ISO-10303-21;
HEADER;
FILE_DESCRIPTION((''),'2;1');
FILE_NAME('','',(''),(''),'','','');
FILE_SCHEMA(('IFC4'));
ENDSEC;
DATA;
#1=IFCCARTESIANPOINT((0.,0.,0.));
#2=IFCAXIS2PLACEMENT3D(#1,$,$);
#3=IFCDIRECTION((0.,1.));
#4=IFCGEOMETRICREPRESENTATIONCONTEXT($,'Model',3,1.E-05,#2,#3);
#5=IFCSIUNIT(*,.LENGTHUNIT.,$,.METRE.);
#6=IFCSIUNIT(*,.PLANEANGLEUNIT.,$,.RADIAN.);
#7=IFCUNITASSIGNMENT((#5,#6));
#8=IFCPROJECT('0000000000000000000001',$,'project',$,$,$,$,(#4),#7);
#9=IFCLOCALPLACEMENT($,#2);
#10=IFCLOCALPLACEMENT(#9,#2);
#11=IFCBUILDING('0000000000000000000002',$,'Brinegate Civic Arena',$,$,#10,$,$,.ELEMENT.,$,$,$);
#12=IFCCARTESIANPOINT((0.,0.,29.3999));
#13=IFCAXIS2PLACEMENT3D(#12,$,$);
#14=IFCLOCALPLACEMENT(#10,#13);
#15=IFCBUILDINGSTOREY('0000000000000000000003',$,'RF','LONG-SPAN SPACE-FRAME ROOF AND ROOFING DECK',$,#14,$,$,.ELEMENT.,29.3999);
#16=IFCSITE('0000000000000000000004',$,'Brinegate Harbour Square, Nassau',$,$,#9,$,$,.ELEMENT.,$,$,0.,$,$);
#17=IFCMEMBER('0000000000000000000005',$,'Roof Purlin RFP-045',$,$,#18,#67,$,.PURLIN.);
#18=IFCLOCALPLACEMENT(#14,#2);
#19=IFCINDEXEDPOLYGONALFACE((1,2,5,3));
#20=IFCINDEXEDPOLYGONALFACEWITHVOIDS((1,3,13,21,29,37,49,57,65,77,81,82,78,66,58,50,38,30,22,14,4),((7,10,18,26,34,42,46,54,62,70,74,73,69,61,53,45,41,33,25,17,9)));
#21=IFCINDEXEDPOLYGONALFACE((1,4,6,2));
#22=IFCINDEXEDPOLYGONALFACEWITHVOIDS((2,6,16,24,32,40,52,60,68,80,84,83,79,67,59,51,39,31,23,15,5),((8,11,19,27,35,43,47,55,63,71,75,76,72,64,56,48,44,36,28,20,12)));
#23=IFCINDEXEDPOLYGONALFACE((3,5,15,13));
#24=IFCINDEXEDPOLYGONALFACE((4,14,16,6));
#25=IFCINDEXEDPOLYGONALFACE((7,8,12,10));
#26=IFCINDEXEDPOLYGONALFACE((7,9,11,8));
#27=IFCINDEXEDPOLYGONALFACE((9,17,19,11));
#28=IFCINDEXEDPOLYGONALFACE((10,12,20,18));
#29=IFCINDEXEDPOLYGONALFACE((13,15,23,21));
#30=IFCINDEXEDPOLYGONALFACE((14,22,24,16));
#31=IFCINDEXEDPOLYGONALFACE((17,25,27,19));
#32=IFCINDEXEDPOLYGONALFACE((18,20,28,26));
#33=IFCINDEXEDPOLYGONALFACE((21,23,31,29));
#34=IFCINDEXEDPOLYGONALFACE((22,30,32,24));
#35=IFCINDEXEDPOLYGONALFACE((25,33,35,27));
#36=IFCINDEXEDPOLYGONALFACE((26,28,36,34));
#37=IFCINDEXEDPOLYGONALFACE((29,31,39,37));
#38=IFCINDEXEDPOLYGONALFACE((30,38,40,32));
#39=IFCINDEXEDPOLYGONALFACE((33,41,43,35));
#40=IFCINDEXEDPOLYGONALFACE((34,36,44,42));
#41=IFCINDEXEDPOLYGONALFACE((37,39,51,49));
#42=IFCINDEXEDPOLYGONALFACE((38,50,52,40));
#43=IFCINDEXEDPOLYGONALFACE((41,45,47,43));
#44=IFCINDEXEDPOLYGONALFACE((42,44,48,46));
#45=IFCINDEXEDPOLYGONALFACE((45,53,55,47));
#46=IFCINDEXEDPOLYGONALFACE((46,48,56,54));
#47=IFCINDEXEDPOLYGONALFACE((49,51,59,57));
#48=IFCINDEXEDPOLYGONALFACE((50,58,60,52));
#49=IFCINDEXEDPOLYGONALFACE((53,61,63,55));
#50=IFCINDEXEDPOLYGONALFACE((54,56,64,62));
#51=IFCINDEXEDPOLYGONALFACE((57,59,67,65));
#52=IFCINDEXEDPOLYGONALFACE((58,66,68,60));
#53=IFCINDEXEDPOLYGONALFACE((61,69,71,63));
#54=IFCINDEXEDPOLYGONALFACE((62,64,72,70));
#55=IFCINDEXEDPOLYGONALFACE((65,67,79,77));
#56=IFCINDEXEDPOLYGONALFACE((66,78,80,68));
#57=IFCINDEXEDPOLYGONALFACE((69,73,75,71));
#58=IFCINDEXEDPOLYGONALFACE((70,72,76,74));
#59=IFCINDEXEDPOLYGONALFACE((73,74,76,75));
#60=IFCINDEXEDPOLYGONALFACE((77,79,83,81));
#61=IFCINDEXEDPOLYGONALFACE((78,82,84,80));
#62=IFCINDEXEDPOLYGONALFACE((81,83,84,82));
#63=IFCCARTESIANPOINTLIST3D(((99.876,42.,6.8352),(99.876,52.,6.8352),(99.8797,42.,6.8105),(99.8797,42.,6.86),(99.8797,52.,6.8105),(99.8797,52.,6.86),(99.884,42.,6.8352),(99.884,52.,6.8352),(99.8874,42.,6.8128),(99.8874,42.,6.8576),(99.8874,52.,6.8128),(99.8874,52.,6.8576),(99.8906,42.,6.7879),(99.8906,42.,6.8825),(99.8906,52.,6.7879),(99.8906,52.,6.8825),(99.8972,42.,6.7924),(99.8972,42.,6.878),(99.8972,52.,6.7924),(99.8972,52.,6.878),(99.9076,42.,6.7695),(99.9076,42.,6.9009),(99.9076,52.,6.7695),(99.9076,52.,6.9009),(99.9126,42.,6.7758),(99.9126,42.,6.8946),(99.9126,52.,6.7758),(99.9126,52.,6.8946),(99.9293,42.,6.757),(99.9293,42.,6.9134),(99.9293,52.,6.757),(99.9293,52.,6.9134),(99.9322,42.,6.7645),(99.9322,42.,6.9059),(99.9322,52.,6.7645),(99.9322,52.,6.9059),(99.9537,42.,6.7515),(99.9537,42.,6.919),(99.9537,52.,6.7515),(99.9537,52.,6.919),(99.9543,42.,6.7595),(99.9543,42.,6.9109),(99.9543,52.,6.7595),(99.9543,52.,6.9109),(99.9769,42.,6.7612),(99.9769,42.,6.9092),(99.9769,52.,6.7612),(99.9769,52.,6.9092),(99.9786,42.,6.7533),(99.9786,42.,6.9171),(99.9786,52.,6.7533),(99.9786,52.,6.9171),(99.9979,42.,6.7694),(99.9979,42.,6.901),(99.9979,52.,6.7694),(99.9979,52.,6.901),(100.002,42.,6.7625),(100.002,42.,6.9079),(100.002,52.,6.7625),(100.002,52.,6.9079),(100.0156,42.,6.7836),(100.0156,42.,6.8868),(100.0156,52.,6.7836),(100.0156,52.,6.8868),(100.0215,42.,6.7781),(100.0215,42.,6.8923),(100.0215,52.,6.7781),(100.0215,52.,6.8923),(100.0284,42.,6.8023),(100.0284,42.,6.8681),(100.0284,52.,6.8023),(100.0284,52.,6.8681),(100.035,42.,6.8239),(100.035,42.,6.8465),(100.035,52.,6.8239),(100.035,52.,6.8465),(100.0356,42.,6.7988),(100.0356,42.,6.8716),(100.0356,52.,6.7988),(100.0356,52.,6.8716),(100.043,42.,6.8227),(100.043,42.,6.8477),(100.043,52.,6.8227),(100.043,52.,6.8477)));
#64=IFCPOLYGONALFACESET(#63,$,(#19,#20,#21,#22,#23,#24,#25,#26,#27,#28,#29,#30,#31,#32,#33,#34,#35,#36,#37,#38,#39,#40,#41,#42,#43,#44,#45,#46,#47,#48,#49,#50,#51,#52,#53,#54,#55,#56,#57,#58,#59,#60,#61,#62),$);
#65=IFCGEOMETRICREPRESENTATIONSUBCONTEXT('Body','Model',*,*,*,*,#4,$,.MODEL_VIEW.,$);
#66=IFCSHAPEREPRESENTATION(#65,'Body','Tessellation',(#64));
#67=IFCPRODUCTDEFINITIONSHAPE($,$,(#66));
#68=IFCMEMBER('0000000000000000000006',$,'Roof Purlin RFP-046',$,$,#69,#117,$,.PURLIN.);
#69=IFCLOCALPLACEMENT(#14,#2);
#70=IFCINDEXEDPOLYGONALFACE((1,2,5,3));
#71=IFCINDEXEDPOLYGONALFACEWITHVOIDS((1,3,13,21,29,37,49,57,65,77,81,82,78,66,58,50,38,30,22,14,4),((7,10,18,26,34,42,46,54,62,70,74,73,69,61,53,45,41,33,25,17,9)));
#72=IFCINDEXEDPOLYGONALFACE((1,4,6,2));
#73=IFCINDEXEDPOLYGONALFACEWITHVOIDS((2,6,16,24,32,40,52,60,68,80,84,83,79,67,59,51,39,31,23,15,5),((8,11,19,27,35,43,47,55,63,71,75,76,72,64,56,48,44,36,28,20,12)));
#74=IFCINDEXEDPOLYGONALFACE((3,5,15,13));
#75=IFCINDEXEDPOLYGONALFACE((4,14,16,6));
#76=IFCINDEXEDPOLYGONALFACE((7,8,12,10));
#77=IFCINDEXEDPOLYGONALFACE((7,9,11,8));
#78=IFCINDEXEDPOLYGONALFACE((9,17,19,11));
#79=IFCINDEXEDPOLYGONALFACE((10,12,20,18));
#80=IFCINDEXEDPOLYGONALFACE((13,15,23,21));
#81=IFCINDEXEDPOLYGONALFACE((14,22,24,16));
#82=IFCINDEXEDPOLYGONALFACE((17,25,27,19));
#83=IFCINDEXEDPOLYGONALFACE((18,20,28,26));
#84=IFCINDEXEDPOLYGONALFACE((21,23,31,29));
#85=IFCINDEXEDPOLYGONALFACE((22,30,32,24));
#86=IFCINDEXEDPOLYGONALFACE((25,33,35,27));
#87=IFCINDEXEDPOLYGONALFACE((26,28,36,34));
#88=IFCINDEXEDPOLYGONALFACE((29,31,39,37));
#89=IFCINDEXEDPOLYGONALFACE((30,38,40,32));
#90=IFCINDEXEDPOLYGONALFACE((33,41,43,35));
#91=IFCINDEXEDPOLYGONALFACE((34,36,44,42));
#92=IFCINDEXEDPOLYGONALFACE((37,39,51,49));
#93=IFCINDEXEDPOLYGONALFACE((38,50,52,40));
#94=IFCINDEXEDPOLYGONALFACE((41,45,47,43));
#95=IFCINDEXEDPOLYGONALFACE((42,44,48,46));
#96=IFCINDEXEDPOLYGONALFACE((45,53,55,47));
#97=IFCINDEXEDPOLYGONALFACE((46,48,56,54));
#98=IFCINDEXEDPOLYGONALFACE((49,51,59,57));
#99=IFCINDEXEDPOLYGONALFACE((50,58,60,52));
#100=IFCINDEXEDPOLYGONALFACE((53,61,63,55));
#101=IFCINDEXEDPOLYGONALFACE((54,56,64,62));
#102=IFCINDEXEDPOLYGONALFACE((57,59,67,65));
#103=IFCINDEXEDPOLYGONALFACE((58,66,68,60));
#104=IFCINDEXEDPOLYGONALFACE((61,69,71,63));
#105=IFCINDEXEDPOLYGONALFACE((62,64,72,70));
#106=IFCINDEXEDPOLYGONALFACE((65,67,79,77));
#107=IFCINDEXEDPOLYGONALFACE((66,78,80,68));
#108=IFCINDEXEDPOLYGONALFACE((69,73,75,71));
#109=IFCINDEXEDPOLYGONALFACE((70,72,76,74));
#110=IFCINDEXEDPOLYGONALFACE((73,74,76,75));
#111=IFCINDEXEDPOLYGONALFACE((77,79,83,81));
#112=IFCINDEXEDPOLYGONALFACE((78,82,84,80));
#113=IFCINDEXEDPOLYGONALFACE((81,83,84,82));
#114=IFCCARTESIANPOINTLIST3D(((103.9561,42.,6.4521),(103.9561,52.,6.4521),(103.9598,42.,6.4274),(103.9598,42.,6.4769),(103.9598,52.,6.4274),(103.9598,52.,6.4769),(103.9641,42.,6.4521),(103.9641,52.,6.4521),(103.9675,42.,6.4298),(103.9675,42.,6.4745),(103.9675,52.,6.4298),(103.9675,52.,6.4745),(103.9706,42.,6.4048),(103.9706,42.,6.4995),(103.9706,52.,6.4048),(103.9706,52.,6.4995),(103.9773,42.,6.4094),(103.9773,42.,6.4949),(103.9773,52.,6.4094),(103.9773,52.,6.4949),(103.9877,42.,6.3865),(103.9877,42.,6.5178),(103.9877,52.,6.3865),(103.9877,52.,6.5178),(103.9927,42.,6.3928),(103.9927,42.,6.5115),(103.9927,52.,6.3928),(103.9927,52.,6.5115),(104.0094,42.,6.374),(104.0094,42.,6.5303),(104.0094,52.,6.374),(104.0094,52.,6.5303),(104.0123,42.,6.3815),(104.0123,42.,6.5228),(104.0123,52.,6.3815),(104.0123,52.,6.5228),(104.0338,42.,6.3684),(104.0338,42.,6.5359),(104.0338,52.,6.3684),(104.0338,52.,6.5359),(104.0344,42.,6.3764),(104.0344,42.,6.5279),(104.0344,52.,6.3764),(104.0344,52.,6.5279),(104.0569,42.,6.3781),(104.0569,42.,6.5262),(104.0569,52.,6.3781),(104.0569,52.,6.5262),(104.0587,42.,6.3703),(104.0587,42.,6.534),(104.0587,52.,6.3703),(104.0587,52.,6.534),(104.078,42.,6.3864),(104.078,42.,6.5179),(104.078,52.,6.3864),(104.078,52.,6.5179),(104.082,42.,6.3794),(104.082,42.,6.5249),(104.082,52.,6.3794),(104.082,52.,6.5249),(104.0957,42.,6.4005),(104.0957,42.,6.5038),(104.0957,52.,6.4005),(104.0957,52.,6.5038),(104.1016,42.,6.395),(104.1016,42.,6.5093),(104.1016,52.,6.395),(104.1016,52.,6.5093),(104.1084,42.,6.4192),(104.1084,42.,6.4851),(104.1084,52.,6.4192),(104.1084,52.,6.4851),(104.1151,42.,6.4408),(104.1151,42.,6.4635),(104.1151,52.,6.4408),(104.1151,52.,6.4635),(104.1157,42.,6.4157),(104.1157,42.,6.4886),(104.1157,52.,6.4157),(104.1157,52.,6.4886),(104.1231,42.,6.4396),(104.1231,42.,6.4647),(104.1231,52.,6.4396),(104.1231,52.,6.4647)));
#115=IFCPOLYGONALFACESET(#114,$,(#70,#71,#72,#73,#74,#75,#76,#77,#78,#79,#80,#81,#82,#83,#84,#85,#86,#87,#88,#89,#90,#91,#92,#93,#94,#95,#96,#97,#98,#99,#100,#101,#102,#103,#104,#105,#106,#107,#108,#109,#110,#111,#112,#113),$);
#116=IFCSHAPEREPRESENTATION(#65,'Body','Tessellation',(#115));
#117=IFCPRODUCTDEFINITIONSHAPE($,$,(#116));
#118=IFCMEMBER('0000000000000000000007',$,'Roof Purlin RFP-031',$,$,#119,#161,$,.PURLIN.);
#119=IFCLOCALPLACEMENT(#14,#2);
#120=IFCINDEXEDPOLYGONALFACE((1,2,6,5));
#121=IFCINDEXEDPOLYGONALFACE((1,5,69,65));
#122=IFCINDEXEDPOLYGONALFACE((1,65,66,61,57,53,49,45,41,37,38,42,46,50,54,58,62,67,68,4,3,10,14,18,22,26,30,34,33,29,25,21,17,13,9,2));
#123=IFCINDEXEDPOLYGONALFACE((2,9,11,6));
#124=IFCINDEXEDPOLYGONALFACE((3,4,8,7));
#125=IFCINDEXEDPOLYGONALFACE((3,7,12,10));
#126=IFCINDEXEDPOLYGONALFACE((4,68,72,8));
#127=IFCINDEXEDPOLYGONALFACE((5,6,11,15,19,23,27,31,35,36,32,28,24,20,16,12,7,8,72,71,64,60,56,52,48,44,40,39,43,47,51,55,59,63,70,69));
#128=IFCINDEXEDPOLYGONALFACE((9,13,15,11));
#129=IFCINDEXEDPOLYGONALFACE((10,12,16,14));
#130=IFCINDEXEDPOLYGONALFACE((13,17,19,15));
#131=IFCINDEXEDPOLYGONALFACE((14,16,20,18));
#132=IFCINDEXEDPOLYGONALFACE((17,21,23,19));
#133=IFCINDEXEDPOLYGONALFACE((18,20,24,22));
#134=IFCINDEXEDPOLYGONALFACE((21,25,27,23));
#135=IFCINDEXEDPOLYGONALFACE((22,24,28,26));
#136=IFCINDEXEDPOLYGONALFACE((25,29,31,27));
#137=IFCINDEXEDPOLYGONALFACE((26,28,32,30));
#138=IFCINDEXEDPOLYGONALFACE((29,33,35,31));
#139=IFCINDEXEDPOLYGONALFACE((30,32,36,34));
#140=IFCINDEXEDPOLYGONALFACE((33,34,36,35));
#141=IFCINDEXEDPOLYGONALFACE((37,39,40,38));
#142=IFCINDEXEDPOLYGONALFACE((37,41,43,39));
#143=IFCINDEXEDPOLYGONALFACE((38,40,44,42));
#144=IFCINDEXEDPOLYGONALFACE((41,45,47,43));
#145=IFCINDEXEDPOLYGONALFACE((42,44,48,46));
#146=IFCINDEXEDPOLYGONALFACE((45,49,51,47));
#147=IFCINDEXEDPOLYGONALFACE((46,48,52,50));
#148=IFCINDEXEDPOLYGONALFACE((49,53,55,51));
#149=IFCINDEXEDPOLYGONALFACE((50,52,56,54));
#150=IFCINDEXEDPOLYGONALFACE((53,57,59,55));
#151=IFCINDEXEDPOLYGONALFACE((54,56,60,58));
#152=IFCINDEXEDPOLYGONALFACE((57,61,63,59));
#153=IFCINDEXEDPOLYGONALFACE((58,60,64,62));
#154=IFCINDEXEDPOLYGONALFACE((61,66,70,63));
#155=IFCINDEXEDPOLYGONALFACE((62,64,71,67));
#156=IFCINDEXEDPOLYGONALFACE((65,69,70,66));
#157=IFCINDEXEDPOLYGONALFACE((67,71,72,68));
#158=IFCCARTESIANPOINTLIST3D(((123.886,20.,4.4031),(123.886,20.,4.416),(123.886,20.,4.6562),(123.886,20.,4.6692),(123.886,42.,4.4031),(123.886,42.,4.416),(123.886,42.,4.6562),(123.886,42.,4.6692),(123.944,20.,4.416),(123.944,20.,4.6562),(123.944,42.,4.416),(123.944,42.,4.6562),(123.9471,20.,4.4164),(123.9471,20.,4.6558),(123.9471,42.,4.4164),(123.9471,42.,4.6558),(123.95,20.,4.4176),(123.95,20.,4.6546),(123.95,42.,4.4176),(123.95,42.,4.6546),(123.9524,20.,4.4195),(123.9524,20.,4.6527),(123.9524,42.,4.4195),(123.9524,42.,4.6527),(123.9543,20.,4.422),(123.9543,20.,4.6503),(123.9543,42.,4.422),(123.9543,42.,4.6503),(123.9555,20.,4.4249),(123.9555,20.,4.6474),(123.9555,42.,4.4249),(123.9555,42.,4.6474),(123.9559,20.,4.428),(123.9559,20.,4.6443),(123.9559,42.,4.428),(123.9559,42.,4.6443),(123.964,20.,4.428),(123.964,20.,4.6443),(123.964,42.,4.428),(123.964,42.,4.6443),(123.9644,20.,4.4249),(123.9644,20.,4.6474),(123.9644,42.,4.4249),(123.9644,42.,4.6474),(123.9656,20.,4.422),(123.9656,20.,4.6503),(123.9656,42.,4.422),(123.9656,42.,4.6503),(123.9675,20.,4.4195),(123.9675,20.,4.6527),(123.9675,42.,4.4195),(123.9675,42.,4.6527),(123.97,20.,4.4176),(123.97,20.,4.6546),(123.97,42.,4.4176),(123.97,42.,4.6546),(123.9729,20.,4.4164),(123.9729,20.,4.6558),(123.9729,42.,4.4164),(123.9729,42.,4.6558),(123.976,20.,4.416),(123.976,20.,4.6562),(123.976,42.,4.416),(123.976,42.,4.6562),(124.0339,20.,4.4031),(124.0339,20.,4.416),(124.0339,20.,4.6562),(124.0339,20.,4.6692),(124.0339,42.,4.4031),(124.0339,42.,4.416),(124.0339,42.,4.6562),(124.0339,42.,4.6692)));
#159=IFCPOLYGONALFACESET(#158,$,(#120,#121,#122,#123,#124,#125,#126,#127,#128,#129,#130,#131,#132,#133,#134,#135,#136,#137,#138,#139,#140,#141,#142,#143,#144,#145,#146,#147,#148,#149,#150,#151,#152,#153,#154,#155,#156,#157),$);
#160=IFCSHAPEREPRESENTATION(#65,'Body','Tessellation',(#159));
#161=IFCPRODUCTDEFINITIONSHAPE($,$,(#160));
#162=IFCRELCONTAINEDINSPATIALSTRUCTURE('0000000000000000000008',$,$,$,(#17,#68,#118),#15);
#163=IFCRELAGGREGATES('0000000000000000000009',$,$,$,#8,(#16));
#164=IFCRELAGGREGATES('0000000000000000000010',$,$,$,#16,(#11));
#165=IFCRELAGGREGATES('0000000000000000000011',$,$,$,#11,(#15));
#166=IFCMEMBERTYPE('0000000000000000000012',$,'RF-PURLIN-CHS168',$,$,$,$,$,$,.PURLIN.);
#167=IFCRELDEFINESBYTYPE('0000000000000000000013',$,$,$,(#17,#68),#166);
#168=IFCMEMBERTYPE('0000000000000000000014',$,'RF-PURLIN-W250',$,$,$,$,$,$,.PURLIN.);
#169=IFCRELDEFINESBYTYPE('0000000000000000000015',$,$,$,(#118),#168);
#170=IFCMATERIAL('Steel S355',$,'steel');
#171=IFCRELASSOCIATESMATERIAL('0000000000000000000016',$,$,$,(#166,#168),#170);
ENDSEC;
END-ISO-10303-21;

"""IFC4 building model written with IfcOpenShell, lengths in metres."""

from ifc_helpers import new_model, si_unit, direction, frame, origin, origin_2d, place, context, subcontext, project, spatial, hollow_circle, i_section, extrude, material, material_profile, profile_set, type_object, element, save


model = new_model("IFC4")

# Units and contexts
model_context = context("Model", 3, precision=1e-05, world=origin(), true_north=direction((0.0, 1.0)))
body_context = subcontext(model_context, "Body", "Model", "MODEL_VIEW")
ifc_project = project(units=[si_unit("LENGTHUNIT", "METRE"), si_unit("PLANEANGLEUNIT", "RADIAN")], contexts=[model_context])

# Site, building, storey
site_placement = place(None, origin())
site = spatial("IfcSite", under=ifc_project, at=site_placement, Name="Brinegate Harbour Square, Nassau", CompositionType="ELEMENT", RefElevation=0.0)
building_placement = place(site_placement, origin())
building = spatial("IfcBuilding", under=site, at=building_placement, Name="Brinegate Civic Arena", CompositionType="ELEMENT")
storey_placement = place(building_placement, frame((0.0, 0.0, 29.3999)))
storey = spatial("IfcBuildingStorey", under=building, at=storey_placement, Name="RF", Description="LONG-SPAN SPACE-FRAME ROOF AND ROOFING DECK", CompositionType="ELEMENT", Elevation=29.3999)

# Members
ifc_material = material(Name="Steel S355", Category="steel")
ifc_material_profile_1 = material_profile(ifc_material, hollow_circle(Radius=0.084, WallThickness=0.0081, at=origin_2d()), Name="CHS168X8")
ifc_profile_set_1 = profile_set([ifc_material_profile_1], Name="Steel S355")
member_type_1 = type_object("IfcMemberType", Name="RF-PURLIN-CHS168", PredefinedType="PURLIN", material=ifc_profile_set_1)
for number, where, z_axis, x_axis, name in (
    (1, (99.96, 42.0, 6.8352), (0.0, 1.0, 0.0), (-1.0, 0.0, 0.0), "Roof Purlin RFP-045"),
    (2, (104.04, 42.0, 6.4521), (0.0, 1.0, 0.0), (-1.0, 0.0, 0.0), "Roof Purlin RFP-046"),
):
    element("IfcMember", number, at=place(storey_placement, frame(where, z_axis=z_axis, x_axis=x_axis)), inside=storey, type_object=member_type_1, Name=name, PredefinedType="PURLIN", context=body_context, shape_type="SweptSolid", body=[
        extrude(hollow_circle(Radius=0.084, WallThickness=0.0081, at=origin_2d()), origin(), (0.0, 0.0, 1.0), 10.0),
    ])
ifc_material_profile_2 = material_profile(ifc_material, i_section(OverallWidth=0.1479, OverallDepth=0.2661, WebThickness=0.0081, FlangeThickness=0.0129, FilletRadius=0.012, at=origin_2d()), Name="W250X45")
ifc_profile_set_2 = profile_set([ifc_material_profile_2], Name="Steel S355")
member_type_2 = type_object("IfcMemberType", Name="RF-PURLIN-W250", PredefinedType="PURLIN", material=ifc_profile_set_2)
member_1_placement = place(storey_placement, frame((123.96, 20.0, 4.5361), z_axis=(0.0, 1.0, 0.0), x_axis=(-1.0, 0.0, 0.0)))
element("IfcMember", 3, at=member_1_placement, inside=storey, type_object=member_type_2, Name="Roof Purlin RFP-031", PredefinedType="PURLIN", context=body_context, shape_type="SweptSolid", body=[
    extrude(i_section(OverallWidth=0.1479, OverallDepth=0.2661, WebThickness=0.0081, FlangeThickness=0.0129, FilletRadius=0.012, at=origin_2d()), origin(), (0.0, 0.0, 1.0), 22.0),
])

save(model, "model.ifc")
